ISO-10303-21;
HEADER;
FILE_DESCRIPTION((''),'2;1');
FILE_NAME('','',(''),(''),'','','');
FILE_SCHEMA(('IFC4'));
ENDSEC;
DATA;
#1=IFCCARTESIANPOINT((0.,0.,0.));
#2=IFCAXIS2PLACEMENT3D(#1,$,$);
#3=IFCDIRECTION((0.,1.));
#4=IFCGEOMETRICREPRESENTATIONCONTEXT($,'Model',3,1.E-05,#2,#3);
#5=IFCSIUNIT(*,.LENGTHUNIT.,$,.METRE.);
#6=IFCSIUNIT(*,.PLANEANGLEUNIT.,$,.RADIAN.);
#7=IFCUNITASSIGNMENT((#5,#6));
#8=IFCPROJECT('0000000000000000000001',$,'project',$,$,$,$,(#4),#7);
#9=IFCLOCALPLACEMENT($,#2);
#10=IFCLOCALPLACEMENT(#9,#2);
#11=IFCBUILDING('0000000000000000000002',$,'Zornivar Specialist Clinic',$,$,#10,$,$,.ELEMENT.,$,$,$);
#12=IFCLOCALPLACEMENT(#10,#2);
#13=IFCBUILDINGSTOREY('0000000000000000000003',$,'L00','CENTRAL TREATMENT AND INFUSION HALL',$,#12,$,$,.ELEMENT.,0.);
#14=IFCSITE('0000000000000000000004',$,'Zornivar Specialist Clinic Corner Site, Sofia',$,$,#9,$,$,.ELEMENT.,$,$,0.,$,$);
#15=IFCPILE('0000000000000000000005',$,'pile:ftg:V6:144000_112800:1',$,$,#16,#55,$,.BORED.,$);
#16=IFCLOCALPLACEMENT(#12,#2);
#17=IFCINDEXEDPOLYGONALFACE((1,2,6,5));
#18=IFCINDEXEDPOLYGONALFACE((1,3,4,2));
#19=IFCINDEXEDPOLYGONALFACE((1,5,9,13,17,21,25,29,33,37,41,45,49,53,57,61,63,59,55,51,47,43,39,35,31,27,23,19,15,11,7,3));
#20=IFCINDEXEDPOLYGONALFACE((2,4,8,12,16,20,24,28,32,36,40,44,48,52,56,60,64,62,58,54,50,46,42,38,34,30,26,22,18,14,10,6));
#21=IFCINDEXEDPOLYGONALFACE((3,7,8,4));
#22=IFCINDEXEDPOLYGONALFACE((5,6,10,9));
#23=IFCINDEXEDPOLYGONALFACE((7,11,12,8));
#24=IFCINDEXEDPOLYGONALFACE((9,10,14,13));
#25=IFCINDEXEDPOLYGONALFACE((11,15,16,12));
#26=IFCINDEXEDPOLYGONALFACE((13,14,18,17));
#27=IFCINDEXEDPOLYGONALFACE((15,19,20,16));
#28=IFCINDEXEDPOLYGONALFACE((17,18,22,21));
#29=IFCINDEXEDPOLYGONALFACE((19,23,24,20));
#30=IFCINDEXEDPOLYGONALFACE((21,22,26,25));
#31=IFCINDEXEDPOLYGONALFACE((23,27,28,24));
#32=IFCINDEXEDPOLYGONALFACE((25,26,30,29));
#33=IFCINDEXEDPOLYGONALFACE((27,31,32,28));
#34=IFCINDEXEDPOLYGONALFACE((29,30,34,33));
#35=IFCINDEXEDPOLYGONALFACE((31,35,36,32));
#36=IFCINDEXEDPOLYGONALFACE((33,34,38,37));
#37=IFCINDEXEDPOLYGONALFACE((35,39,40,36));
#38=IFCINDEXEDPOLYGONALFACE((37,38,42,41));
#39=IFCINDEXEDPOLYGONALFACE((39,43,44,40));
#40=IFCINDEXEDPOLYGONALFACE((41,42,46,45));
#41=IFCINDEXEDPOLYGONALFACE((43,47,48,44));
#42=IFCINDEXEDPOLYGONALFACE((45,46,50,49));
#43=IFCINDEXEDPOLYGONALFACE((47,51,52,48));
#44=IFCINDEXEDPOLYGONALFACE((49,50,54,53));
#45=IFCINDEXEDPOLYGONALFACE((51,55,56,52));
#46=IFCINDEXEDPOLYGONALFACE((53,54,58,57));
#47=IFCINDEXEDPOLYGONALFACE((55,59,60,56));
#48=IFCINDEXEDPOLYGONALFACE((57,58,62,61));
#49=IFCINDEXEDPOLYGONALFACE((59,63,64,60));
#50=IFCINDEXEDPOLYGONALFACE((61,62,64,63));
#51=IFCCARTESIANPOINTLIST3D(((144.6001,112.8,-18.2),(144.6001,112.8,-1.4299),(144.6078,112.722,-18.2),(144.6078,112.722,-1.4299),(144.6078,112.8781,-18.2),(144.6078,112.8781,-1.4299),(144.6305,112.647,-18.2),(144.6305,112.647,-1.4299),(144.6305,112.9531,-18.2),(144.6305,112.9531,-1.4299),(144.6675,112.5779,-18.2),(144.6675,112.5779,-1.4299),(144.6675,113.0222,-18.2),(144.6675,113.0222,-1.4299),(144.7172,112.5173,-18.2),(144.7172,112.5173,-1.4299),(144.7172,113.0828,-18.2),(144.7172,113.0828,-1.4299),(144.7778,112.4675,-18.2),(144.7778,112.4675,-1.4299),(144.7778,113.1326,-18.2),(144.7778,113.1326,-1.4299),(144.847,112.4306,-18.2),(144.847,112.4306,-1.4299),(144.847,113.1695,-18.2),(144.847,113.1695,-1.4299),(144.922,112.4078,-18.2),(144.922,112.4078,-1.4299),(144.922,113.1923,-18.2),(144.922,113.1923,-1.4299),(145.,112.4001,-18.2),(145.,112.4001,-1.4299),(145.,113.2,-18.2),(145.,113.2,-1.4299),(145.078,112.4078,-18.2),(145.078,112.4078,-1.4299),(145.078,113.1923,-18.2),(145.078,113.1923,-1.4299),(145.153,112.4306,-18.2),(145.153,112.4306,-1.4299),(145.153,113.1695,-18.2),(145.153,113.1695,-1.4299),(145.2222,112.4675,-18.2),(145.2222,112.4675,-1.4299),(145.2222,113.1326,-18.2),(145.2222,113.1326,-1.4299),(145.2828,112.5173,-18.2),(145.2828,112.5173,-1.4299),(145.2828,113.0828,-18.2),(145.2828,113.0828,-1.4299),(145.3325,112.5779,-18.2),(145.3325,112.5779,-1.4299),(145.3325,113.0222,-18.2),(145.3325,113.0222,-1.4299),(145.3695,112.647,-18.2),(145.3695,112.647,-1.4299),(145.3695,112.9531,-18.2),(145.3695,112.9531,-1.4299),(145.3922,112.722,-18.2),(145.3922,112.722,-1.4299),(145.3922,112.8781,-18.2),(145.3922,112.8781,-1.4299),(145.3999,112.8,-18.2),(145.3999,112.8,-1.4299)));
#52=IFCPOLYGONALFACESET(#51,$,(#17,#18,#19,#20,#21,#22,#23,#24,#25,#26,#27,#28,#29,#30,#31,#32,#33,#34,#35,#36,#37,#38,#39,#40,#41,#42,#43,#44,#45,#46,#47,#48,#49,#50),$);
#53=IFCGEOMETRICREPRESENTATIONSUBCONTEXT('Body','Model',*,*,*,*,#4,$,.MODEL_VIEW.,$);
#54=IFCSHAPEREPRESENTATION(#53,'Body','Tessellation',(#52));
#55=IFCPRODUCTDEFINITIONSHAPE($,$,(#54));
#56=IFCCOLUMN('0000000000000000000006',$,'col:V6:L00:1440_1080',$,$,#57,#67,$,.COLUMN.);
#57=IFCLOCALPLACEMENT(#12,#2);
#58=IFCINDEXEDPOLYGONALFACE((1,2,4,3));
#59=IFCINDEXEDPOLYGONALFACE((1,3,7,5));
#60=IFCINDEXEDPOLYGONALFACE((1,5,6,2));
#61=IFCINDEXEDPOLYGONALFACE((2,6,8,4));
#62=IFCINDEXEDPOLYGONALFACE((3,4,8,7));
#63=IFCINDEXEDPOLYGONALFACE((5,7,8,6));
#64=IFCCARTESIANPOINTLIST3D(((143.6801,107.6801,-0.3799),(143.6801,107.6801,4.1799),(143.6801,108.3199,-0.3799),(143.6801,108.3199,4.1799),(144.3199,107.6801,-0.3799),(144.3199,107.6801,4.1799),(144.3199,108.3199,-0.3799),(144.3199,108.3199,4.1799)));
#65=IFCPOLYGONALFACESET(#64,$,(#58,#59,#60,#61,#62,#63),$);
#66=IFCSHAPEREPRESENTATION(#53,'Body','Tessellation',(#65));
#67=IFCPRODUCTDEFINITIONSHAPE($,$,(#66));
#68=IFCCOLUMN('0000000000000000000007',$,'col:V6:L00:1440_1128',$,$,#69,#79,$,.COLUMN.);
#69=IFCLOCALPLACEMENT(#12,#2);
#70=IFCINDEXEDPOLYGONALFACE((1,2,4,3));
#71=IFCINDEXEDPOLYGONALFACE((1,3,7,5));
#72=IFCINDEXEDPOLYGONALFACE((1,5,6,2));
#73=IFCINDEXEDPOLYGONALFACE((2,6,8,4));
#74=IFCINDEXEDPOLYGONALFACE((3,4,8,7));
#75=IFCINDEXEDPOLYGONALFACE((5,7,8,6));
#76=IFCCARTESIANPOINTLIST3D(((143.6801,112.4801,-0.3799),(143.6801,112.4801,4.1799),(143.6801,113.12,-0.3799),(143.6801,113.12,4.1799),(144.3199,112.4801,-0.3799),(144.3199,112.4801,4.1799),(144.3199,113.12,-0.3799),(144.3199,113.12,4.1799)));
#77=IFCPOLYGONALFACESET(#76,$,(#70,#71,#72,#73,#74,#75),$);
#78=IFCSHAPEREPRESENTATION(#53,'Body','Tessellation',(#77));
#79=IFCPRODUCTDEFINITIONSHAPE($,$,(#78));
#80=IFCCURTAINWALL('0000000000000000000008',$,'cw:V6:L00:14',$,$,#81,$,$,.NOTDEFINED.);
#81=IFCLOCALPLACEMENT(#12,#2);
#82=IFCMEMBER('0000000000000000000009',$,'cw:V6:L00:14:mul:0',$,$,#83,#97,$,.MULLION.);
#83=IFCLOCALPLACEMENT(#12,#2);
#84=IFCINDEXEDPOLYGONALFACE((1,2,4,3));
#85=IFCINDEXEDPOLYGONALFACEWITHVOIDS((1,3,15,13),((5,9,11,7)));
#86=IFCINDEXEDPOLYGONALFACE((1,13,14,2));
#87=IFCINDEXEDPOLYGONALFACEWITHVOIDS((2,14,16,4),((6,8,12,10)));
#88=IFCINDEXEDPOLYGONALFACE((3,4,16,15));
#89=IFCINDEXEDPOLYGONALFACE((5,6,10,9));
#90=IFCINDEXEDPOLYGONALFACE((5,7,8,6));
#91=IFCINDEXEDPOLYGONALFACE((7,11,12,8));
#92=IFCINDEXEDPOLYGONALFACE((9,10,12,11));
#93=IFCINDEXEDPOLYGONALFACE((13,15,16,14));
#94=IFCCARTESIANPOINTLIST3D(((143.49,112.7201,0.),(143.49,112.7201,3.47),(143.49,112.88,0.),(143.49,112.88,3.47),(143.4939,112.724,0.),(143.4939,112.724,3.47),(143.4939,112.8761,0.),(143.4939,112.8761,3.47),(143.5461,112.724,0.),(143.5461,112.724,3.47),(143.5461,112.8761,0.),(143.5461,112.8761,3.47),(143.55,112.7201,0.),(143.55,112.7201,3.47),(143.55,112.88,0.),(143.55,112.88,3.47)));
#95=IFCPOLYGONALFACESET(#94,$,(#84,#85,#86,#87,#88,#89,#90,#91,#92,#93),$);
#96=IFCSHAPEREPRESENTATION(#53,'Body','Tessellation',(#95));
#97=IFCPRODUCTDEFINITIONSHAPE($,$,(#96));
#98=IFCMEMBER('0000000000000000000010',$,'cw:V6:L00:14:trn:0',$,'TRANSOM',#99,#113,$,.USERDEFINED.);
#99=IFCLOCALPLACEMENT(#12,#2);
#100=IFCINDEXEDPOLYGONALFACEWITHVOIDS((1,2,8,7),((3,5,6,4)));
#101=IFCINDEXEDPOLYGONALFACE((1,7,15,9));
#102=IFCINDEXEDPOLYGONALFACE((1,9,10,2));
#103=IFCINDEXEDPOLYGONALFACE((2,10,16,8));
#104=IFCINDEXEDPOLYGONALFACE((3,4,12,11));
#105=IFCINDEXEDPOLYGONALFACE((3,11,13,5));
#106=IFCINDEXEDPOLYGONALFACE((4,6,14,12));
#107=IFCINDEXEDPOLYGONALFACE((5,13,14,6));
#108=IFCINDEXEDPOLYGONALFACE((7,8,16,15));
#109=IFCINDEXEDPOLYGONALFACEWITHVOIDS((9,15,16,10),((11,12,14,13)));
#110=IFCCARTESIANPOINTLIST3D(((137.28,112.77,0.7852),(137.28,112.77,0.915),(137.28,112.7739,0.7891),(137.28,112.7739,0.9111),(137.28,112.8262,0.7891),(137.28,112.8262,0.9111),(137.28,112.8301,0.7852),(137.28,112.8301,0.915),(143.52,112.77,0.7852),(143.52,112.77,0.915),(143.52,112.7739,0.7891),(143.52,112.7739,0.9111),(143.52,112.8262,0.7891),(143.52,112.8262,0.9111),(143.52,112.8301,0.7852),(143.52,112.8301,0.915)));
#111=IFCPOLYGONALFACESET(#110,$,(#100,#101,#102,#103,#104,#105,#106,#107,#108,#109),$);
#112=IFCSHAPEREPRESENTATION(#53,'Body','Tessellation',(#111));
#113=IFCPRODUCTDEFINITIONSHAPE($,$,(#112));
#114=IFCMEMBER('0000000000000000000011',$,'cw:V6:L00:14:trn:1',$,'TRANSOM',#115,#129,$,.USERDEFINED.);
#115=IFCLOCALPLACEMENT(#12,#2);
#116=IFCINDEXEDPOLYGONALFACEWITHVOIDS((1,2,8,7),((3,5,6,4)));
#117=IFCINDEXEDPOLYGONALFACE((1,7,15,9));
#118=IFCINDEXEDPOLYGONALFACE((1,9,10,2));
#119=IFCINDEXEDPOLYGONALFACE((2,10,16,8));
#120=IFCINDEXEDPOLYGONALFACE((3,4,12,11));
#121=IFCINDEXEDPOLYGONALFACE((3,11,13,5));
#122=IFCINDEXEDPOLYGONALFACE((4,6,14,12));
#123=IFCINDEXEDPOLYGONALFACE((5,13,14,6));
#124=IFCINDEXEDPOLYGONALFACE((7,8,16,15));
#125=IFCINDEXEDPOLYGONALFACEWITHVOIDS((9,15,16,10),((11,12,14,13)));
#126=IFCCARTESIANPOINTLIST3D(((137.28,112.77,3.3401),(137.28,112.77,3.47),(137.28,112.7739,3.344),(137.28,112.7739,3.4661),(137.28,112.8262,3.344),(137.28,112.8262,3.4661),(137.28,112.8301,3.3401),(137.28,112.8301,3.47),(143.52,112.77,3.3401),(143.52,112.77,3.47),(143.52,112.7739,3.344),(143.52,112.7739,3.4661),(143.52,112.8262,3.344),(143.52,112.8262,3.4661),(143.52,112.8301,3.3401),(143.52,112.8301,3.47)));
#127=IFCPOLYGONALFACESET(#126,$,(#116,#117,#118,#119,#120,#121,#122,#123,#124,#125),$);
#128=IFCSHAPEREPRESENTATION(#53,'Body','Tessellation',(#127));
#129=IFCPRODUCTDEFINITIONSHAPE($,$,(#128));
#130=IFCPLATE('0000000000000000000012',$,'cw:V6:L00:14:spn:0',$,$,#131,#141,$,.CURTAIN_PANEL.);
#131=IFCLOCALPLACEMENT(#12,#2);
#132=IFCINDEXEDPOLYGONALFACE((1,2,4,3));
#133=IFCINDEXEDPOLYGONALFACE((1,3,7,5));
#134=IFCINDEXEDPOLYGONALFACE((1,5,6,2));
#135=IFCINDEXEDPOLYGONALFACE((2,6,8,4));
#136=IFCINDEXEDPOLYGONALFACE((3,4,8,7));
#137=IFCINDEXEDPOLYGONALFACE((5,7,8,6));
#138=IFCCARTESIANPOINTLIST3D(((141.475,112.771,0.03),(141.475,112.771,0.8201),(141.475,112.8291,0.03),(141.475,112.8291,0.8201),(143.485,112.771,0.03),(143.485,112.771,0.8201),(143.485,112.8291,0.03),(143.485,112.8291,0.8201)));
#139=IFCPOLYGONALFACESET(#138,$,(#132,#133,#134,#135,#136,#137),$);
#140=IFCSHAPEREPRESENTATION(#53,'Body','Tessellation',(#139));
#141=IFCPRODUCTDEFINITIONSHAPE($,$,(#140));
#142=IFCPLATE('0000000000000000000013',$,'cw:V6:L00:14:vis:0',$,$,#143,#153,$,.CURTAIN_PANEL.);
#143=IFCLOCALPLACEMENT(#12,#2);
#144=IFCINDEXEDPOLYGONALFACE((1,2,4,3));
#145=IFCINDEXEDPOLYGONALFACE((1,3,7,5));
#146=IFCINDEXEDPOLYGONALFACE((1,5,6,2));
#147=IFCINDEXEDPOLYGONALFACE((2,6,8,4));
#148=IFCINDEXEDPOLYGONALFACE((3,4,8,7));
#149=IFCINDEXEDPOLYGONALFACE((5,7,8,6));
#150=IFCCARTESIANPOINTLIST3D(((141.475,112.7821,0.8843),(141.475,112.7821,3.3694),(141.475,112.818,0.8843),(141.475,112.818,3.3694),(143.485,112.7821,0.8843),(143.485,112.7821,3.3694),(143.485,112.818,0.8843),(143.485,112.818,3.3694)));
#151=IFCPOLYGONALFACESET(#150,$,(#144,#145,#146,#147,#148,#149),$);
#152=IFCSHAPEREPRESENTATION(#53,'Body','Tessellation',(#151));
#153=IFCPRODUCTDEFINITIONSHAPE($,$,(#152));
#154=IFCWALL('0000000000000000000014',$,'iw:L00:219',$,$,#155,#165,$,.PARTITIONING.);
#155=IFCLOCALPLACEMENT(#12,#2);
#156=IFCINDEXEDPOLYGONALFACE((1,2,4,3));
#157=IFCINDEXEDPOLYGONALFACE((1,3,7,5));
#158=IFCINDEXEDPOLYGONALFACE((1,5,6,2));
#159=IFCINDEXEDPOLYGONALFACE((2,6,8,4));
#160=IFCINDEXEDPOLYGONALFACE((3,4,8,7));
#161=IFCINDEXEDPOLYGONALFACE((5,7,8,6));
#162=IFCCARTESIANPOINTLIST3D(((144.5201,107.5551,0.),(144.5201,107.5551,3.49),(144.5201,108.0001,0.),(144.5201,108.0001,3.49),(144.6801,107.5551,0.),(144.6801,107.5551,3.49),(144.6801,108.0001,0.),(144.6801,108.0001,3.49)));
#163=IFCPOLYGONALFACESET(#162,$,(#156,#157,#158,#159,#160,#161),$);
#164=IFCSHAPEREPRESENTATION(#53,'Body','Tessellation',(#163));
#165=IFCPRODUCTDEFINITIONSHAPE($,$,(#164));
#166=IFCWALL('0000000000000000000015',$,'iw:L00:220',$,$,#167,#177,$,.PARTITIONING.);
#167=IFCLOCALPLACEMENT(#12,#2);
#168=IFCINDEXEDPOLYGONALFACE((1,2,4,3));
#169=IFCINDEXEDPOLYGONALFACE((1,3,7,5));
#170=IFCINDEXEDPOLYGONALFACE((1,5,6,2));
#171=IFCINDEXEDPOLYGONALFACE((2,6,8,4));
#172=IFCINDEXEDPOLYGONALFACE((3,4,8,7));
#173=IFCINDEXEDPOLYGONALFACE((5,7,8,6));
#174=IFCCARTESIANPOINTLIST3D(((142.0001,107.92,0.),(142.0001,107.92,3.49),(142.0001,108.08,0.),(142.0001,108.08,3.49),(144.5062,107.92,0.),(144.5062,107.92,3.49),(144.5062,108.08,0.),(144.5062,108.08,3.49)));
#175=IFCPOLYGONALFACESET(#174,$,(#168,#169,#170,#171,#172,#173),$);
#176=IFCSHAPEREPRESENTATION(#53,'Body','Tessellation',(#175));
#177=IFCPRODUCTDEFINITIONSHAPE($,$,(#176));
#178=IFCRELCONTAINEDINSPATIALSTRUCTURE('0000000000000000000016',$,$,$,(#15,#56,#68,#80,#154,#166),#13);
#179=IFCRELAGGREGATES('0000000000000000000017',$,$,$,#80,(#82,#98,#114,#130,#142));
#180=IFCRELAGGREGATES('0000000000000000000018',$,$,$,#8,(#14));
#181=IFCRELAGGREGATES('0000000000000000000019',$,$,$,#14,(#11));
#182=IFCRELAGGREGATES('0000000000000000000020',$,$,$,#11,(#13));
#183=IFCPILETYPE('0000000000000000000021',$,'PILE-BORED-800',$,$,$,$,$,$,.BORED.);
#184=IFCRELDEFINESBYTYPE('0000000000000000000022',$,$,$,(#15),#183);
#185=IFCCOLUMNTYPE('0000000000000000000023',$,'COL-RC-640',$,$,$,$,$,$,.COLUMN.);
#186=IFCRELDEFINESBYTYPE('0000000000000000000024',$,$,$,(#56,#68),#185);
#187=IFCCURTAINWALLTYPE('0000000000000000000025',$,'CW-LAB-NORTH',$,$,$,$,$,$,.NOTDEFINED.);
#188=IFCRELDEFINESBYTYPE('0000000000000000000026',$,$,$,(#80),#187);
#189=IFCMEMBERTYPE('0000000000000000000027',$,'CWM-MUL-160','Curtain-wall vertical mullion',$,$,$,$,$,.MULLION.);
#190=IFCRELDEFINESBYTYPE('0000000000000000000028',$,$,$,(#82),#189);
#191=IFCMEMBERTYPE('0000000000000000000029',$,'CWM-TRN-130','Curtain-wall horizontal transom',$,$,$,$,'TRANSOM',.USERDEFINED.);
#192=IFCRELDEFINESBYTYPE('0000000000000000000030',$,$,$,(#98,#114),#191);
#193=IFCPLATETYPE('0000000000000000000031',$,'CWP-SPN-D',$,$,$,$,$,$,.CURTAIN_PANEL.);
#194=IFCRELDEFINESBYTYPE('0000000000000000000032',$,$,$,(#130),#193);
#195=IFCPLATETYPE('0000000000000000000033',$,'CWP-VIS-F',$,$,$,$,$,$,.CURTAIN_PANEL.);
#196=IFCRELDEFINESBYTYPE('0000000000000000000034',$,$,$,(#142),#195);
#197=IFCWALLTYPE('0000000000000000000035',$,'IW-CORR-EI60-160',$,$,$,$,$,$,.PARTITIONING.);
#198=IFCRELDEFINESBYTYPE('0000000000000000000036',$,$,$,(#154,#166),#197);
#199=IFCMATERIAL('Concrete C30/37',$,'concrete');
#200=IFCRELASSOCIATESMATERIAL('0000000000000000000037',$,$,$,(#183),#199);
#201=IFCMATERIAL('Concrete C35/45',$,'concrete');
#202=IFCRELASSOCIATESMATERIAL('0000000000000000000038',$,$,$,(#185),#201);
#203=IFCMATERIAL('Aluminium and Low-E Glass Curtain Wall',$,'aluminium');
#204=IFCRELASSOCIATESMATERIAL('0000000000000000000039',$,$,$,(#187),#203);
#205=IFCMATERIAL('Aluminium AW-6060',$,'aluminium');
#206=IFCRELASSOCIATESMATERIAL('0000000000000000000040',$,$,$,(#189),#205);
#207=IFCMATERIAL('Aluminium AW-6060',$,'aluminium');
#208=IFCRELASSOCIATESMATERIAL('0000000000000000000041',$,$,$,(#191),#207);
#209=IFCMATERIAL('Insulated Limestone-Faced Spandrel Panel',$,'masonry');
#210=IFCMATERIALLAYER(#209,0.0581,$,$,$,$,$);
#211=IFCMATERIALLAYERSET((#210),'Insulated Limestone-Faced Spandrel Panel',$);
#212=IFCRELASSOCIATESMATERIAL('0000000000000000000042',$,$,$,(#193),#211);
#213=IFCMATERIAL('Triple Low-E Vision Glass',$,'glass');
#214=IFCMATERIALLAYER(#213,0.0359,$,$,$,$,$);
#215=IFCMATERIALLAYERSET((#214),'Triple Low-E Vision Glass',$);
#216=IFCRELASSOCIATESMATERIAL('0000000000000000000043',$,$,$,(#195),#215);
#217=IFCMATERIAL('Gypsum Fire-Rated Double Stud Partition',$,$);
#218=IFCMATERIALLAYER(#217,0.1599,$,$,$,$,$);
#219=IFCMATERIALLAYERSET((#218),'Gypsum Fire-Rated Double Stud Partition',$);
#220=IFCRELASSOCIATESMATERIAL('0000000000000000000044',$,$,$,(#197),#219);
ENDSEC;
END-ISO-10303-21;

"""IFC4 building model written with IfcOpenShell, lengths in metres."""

from ifc_helpers import new_model, si_unit, direction, frame, frame_2d, origin, origin_2d, place, context, subcontext, project, spatial, rectangle, hollow_rectangle, circle, extrude, material, layer, layer_set, material_profile, profile_set, type_object, element, aggregate, save


model = new_model("IFC4")

# Units and contexts
model_context = context("Model", 3, precision=1e-05, world=origin(), true_north=direction((0.0, 1.0)))
body_context = subcontext(model_context, "Body", "Model", "MODEL_VIEW")
ifc_project = project(units=[si_unit("LENGTHUNIT", "METRE"), si_unit("PLANEANGLEUNIT", "RADIAN")], contexts=[model_context])

# Site, building, storey
site_placement = place(None, origin())
site = spatial("IfcSite", under=ifc_project, at=site_placement, Name="Zornivar Specialist Clinic Corner Site, Sofia", CompositionType="ELEMENT", RefElevation=0.0)
building_placement = place(site_placement, origin())
building = spatial("IfcBuilding", under=site, at=building_placement, Name="Zornivar Specialist Clinic", CompositionType="ELEMENT")
storey_placement = place(building_placement, origin())
storey = spatial("IfcBuildingStorey", under=building, at=storey_placement, Name="L00", Description="CENTRAL TREATMENT AND INFUSION HALL", CompositionType="ELEMENT", Elevation=0.0)

# Pile
ifc_material_1 = material(Name="Concrete C30/37", Category="concrete")
ifc_material_profile_1 = material_profile(ifc_material_1, circle(Radius=0.3999, at=origin_2d()), Name="PILE D800")
ifc_profile_set_1 = profile_set([ifc_material_profile_1], Name="Concrete C30/37")
pile_type_1 = type_object("IfcPileType", Name="PILE-BORED-800", PredefinedType="BORED", material=ifc_profile_set_1)
for number, where, z_axis, x_axis, name in (
    (1, (145.0, 112.8, -1.4299), (0.0, 0.0, -1.0), (1.0, 0.0, 0.0), "pile:ftg:V6:144000_112800:1"),
):
    element("IfcPile", number, at=place(storey_placement, frame(where, z_axis=z_axis, x_axis=x_axis)), inside=storey, type_object=pile_type_1, Name=name, PredefinedType="BORED", context=body_context, shape_type="SweptSolid", body=[
        extrude(circle(Radius=0.3999, at=origin_2d()), origin(), (0.0, 0.0, 1.0), 16.77),
    ])

# Columns
ifc_material_2 = material(Name="Concrete C35/45", Category="concrete")
ifc_material_profile_2 = material_profile(ifc_material_2, rectangle(XDim=0.6399, YDim=0.6399, at=origin_2d()), Name="RC 640x640")
ifc_profile_set_2 = profile_set([ifc_material_profile_2], Name="Concrete C35/45")
column_type = type_object("IfcColumnType", Name="COL-RC-640", PredefinedType="COLUMN", material=ifc_profile_set_2)
for number, where, z_axis, x_axis, name in (
    (2, (144.0, 108.0, -0.3799), (0.0, 0.0, 1.0), (1.0, 0.0, 0.0), "col:V6:L00:1440_1080"),
    (3, (144.0, 112.8, -0.3799), (0.0, 0.0, 1.0), (1.0, 0.0, 0.0), "col:V6:L00:1440_1128"),
):
    element("IfcColumn", number, at=place(storey_placement, frame(where, z_axis=z_axis, x_axis=x_axis)), inside=storey, type_object=column_type, Name=name, PredefinedType="COLUMN", context=body_context, shape_type="SweptSolid", body=[
        extrude(rectangle(XDim=0.6399, YDim=0.6399, at=origin_2d()), origin(), (0.0, 0.0, 1.0), 4.5598),
    ])

# Curtain wall, members, plates
ifc_material_3 = material(Name="Aluminium and Low-E Glass Curtain Wall", Category="aluminium")
curtain_wall_type = type_object("IfcCurtainWallType", Name="CW-LAB-NORTH", PredefinedType="NOTDEFINED", material=ifc_material_3)
curtain_wall_placement = place(storey_placement, origin())
curtain_wall = element("IfcCurtainWall", 4, at=curtain_wall_placement, inside=storey, type_object=curtain_wall_type, Name="cw:V6:L00:14", PredefinedType="NOTDEFINED")
ifc_material_4 = material(Name="Aluminium AW-6060", Category="aluminium")
ifc_material_profile_3 = material_profile(ifc_material_4, hollow_rectangle(XDim=0.0601, YDim=0.1599, WallThickness=0.0039, at=origin_2d()), Name="ALU 60x160x4")
ifc_profile_set_3 = profile_set([ifc_material_profile_3], Name="Aluminium AW-6060")
member_type_1 = type_object("IfcMemberType", Name="CWM-MUL-160", Description="Curtain-wall vertical mullion", PredefinedType="MULLION", material=ifc_profile_set_3)
member_1_placement = place(storey_placement, frame((143.52, 112.8, 0.0), z_axis=(0.0, 0.0, 1.0), x_axis=(1.0, 0.0, 0.0)))
member_1 = element("IfcMember", 5, at=member_1_placement, type_object=member_type_1, Name="cw:V6:L00:14:mul:0", PredefinedType="MULLION", context=body_context, shape_type="SweptSolid", body=[
    extrude(hollow_rectangle(XDim=0.0601, YDim=0.1599, WallThickness=0.0039, at=origin_2d()), origin(), (0.0, 0.0, 1.0), 3.47),
])
ifc_material_5 = material(Name="Aluminium AW-6060", Category="aluminium")
ifc_material_profile_4 = material_profile(ifc_material_5, hollow_rectangle(XDim=0.0601, YDim=0.1299, WallThickness=0.0039, at=origin_2d()), Name="ALU 60x130x4")
ifc_profile_set_4 = profile_set([ifc_material_profile_4], Name="Aluminium AW-6060")
member_type_2 = type_object("IfcMemberType", Name="CWM-TRN-130", Description="Curtain-wall horizontal transom", ElementType="TRANSOM", PredefinedType="USERDEFINED", material=ifc_profile_set_4)
member_2_placement = place(storey_placement, frame((143.52, 112.8, 0.8501), z_axis=(-1.0, 0.0, 0.0), x_axis=(0.0, -1.0, 0.0)))
member_2 = element("IfcMember", 6, at=member_2_placement, type_object=member_type_2, Name="cw:V6:L00:14:trn:0", ObjectType="TRANSOM", PredefinedType="USERDEFINED", context=body_context, shape_type="SweptSolid", body=[
    extrude(hollow_rectangle(XDim=0.0601, YDim=0.1299, WallThickness=0.0039, at=origin_2d()), origin(), (0.0, 0.0, 1.0), 6.24),
])
member_3_placement = place(storey_placement, frame((143.52, 112.8, 3.405), z_axis=(-1.0, 0.0, 0.0), x_axis=(0.0, -1.0, 0.0)))
member_3 = element("IfcMember", 7, at=member_3_placement, type_object=member_type_2, Name="cw:V6:L00:14:trn:1", ObjectType="TRANSOM", PredefinedType="USERDEFINED", context=body_context, shape_type="SweptSolid", body=[
    extrude(hollow_rectangle(XDim=0.0601, YDim=0.1299, WallThickness=0.0039, at=origin_2d()), origin(), (0.0, 0.0, 1.0), 6.24),
])
ifc_material_6 = material(Name="Insulated Limestone-Faced Spandrel Panel", Category="masonry")
ifc_layer_1 = layer(ifc_material_6, 0.0581)
ifc_layer_set_1 = layer_set([ifc_layer_1], Name="Insulated Limestone-Faced Spandrel Panel")
plate_type_1 = type_object("IfcPlateType", Name="CWP-SPN-D", PredefinedType="CURTAIN_PANEL", material=ifc_layer_set_1)
plate_1_placement = place(storey_placement, frame((142.48, 112.8, 0.03), z_axis=(0.0, 0.0, 1.0), x_axis=(-1.0, 0.0, 0.0)))
plate_1 = element("IfcPlate", 8, at=plate_1_placement, type_object=plate_type_1, Name="cw:V6:L00:14:spn:0", PredefinedType="CURTAIN_PANEL", context=body_context, shape_type="SweptSolid", body=[
    extrude(rectangle(XDim=2.01, YDim=0.0581, at=origin_2d()), origin(), (0.0, 0.0, 1.0), 0.79),
])
ifc_material_7 = material(Name="Triple Low-E Vision Glass", Category="glass")
ifc_layer_2 = layer(ifc_material_7, 0.0359)
ifc_layer_set_2 = layer_set([ifc_layer_2], Name="Triple Low-E Vision Glass")
plate_type_2 = type_object("IfcPlateType", Name="CWP-VIS-F", PredefinedType="CURTAIN_PANEL", material=ifc_layer_set_2)
plate_2_placement = place(storey_placement, frame((142.48, 112.8, 0.8843), z_axis=(0.0, 0.0, 1.0), x_axis=(-1.0, 0.0, 0.0)))
plate_2 = element("IfcPlate", 9, at=plate_2_placement, type_object=plate_type_2, Name="cw:V6:L00:14:vis:0", PredefinedType="CURTAIN_PANEL", context=body_context, shape_type="SweptSolid", body=[
    extrude(rectangle(XDim=2.01, YDim=0.0359, at=origin_2d()), origin(), (0.0, 0.0, 1.0), 2.4851),
])
aggregate(curtain_wall, [member_1, member_2, member_3, plate_1, plate_2])

# Walls
ifc_material_8 = material(Name="Gypsum Fire-Rated Double Stud Partition")
ifc_layer_3 = layer(ifc_material_8, 0.1599)
ifc_layer_set_3 = layer_set([ifc_layer_3], Name="Gypsum Fire-Rated Double Stud Partition")
wall_type_1 = type_object("IfcWallType", Name="IW-CORR-EI60-160", PredefinedType="PARTITIONING", material=ifc_layer_set_3)
wall_1_placement = place(storey_placement, frame((144.6001, 107.5549, 0.0), z_axis=(0.0, 0.0, 1.0), x_axis=(0.0, 1.0, 0.0)))
element("IfcWall", 10, at=wall_1_placement, inside=storey, type_object=wall_type_1, Name="iw:L00:219", PredefinedType="PARTITIONING", context=body_context, shape_type="SweptSolid", body=[
    extrude(rectangle(XDim=0.4451, YDim=0.1599, at=frame_2d((0.2227, 0.0))), origin(), (0.0, 0.0, 1.0), 3.49),
])
wall_2_placement = place(storey_placement, frame((144.5061, 108.0, 0.0), z_axis=(0.0, 0.0, 1.0), x_axis=(-1.0, 0.0, 0.0)))
element("IfcWall", 11, at=wall_2_placement, inside=storey, type_object=wall_type_1, Name="iw:L00:220", PredefinedType="PARTITIONING", context=body_context, shape_type="SweptSolid", body=[
    extrude(rectangle(XDim=2.5061, YDim=0.1599, at=frame_2d((1.2529, 0.0))), origin(), (0.0, 0.0, 1.0), 3.49),
])

save(model, "model.ifc")
